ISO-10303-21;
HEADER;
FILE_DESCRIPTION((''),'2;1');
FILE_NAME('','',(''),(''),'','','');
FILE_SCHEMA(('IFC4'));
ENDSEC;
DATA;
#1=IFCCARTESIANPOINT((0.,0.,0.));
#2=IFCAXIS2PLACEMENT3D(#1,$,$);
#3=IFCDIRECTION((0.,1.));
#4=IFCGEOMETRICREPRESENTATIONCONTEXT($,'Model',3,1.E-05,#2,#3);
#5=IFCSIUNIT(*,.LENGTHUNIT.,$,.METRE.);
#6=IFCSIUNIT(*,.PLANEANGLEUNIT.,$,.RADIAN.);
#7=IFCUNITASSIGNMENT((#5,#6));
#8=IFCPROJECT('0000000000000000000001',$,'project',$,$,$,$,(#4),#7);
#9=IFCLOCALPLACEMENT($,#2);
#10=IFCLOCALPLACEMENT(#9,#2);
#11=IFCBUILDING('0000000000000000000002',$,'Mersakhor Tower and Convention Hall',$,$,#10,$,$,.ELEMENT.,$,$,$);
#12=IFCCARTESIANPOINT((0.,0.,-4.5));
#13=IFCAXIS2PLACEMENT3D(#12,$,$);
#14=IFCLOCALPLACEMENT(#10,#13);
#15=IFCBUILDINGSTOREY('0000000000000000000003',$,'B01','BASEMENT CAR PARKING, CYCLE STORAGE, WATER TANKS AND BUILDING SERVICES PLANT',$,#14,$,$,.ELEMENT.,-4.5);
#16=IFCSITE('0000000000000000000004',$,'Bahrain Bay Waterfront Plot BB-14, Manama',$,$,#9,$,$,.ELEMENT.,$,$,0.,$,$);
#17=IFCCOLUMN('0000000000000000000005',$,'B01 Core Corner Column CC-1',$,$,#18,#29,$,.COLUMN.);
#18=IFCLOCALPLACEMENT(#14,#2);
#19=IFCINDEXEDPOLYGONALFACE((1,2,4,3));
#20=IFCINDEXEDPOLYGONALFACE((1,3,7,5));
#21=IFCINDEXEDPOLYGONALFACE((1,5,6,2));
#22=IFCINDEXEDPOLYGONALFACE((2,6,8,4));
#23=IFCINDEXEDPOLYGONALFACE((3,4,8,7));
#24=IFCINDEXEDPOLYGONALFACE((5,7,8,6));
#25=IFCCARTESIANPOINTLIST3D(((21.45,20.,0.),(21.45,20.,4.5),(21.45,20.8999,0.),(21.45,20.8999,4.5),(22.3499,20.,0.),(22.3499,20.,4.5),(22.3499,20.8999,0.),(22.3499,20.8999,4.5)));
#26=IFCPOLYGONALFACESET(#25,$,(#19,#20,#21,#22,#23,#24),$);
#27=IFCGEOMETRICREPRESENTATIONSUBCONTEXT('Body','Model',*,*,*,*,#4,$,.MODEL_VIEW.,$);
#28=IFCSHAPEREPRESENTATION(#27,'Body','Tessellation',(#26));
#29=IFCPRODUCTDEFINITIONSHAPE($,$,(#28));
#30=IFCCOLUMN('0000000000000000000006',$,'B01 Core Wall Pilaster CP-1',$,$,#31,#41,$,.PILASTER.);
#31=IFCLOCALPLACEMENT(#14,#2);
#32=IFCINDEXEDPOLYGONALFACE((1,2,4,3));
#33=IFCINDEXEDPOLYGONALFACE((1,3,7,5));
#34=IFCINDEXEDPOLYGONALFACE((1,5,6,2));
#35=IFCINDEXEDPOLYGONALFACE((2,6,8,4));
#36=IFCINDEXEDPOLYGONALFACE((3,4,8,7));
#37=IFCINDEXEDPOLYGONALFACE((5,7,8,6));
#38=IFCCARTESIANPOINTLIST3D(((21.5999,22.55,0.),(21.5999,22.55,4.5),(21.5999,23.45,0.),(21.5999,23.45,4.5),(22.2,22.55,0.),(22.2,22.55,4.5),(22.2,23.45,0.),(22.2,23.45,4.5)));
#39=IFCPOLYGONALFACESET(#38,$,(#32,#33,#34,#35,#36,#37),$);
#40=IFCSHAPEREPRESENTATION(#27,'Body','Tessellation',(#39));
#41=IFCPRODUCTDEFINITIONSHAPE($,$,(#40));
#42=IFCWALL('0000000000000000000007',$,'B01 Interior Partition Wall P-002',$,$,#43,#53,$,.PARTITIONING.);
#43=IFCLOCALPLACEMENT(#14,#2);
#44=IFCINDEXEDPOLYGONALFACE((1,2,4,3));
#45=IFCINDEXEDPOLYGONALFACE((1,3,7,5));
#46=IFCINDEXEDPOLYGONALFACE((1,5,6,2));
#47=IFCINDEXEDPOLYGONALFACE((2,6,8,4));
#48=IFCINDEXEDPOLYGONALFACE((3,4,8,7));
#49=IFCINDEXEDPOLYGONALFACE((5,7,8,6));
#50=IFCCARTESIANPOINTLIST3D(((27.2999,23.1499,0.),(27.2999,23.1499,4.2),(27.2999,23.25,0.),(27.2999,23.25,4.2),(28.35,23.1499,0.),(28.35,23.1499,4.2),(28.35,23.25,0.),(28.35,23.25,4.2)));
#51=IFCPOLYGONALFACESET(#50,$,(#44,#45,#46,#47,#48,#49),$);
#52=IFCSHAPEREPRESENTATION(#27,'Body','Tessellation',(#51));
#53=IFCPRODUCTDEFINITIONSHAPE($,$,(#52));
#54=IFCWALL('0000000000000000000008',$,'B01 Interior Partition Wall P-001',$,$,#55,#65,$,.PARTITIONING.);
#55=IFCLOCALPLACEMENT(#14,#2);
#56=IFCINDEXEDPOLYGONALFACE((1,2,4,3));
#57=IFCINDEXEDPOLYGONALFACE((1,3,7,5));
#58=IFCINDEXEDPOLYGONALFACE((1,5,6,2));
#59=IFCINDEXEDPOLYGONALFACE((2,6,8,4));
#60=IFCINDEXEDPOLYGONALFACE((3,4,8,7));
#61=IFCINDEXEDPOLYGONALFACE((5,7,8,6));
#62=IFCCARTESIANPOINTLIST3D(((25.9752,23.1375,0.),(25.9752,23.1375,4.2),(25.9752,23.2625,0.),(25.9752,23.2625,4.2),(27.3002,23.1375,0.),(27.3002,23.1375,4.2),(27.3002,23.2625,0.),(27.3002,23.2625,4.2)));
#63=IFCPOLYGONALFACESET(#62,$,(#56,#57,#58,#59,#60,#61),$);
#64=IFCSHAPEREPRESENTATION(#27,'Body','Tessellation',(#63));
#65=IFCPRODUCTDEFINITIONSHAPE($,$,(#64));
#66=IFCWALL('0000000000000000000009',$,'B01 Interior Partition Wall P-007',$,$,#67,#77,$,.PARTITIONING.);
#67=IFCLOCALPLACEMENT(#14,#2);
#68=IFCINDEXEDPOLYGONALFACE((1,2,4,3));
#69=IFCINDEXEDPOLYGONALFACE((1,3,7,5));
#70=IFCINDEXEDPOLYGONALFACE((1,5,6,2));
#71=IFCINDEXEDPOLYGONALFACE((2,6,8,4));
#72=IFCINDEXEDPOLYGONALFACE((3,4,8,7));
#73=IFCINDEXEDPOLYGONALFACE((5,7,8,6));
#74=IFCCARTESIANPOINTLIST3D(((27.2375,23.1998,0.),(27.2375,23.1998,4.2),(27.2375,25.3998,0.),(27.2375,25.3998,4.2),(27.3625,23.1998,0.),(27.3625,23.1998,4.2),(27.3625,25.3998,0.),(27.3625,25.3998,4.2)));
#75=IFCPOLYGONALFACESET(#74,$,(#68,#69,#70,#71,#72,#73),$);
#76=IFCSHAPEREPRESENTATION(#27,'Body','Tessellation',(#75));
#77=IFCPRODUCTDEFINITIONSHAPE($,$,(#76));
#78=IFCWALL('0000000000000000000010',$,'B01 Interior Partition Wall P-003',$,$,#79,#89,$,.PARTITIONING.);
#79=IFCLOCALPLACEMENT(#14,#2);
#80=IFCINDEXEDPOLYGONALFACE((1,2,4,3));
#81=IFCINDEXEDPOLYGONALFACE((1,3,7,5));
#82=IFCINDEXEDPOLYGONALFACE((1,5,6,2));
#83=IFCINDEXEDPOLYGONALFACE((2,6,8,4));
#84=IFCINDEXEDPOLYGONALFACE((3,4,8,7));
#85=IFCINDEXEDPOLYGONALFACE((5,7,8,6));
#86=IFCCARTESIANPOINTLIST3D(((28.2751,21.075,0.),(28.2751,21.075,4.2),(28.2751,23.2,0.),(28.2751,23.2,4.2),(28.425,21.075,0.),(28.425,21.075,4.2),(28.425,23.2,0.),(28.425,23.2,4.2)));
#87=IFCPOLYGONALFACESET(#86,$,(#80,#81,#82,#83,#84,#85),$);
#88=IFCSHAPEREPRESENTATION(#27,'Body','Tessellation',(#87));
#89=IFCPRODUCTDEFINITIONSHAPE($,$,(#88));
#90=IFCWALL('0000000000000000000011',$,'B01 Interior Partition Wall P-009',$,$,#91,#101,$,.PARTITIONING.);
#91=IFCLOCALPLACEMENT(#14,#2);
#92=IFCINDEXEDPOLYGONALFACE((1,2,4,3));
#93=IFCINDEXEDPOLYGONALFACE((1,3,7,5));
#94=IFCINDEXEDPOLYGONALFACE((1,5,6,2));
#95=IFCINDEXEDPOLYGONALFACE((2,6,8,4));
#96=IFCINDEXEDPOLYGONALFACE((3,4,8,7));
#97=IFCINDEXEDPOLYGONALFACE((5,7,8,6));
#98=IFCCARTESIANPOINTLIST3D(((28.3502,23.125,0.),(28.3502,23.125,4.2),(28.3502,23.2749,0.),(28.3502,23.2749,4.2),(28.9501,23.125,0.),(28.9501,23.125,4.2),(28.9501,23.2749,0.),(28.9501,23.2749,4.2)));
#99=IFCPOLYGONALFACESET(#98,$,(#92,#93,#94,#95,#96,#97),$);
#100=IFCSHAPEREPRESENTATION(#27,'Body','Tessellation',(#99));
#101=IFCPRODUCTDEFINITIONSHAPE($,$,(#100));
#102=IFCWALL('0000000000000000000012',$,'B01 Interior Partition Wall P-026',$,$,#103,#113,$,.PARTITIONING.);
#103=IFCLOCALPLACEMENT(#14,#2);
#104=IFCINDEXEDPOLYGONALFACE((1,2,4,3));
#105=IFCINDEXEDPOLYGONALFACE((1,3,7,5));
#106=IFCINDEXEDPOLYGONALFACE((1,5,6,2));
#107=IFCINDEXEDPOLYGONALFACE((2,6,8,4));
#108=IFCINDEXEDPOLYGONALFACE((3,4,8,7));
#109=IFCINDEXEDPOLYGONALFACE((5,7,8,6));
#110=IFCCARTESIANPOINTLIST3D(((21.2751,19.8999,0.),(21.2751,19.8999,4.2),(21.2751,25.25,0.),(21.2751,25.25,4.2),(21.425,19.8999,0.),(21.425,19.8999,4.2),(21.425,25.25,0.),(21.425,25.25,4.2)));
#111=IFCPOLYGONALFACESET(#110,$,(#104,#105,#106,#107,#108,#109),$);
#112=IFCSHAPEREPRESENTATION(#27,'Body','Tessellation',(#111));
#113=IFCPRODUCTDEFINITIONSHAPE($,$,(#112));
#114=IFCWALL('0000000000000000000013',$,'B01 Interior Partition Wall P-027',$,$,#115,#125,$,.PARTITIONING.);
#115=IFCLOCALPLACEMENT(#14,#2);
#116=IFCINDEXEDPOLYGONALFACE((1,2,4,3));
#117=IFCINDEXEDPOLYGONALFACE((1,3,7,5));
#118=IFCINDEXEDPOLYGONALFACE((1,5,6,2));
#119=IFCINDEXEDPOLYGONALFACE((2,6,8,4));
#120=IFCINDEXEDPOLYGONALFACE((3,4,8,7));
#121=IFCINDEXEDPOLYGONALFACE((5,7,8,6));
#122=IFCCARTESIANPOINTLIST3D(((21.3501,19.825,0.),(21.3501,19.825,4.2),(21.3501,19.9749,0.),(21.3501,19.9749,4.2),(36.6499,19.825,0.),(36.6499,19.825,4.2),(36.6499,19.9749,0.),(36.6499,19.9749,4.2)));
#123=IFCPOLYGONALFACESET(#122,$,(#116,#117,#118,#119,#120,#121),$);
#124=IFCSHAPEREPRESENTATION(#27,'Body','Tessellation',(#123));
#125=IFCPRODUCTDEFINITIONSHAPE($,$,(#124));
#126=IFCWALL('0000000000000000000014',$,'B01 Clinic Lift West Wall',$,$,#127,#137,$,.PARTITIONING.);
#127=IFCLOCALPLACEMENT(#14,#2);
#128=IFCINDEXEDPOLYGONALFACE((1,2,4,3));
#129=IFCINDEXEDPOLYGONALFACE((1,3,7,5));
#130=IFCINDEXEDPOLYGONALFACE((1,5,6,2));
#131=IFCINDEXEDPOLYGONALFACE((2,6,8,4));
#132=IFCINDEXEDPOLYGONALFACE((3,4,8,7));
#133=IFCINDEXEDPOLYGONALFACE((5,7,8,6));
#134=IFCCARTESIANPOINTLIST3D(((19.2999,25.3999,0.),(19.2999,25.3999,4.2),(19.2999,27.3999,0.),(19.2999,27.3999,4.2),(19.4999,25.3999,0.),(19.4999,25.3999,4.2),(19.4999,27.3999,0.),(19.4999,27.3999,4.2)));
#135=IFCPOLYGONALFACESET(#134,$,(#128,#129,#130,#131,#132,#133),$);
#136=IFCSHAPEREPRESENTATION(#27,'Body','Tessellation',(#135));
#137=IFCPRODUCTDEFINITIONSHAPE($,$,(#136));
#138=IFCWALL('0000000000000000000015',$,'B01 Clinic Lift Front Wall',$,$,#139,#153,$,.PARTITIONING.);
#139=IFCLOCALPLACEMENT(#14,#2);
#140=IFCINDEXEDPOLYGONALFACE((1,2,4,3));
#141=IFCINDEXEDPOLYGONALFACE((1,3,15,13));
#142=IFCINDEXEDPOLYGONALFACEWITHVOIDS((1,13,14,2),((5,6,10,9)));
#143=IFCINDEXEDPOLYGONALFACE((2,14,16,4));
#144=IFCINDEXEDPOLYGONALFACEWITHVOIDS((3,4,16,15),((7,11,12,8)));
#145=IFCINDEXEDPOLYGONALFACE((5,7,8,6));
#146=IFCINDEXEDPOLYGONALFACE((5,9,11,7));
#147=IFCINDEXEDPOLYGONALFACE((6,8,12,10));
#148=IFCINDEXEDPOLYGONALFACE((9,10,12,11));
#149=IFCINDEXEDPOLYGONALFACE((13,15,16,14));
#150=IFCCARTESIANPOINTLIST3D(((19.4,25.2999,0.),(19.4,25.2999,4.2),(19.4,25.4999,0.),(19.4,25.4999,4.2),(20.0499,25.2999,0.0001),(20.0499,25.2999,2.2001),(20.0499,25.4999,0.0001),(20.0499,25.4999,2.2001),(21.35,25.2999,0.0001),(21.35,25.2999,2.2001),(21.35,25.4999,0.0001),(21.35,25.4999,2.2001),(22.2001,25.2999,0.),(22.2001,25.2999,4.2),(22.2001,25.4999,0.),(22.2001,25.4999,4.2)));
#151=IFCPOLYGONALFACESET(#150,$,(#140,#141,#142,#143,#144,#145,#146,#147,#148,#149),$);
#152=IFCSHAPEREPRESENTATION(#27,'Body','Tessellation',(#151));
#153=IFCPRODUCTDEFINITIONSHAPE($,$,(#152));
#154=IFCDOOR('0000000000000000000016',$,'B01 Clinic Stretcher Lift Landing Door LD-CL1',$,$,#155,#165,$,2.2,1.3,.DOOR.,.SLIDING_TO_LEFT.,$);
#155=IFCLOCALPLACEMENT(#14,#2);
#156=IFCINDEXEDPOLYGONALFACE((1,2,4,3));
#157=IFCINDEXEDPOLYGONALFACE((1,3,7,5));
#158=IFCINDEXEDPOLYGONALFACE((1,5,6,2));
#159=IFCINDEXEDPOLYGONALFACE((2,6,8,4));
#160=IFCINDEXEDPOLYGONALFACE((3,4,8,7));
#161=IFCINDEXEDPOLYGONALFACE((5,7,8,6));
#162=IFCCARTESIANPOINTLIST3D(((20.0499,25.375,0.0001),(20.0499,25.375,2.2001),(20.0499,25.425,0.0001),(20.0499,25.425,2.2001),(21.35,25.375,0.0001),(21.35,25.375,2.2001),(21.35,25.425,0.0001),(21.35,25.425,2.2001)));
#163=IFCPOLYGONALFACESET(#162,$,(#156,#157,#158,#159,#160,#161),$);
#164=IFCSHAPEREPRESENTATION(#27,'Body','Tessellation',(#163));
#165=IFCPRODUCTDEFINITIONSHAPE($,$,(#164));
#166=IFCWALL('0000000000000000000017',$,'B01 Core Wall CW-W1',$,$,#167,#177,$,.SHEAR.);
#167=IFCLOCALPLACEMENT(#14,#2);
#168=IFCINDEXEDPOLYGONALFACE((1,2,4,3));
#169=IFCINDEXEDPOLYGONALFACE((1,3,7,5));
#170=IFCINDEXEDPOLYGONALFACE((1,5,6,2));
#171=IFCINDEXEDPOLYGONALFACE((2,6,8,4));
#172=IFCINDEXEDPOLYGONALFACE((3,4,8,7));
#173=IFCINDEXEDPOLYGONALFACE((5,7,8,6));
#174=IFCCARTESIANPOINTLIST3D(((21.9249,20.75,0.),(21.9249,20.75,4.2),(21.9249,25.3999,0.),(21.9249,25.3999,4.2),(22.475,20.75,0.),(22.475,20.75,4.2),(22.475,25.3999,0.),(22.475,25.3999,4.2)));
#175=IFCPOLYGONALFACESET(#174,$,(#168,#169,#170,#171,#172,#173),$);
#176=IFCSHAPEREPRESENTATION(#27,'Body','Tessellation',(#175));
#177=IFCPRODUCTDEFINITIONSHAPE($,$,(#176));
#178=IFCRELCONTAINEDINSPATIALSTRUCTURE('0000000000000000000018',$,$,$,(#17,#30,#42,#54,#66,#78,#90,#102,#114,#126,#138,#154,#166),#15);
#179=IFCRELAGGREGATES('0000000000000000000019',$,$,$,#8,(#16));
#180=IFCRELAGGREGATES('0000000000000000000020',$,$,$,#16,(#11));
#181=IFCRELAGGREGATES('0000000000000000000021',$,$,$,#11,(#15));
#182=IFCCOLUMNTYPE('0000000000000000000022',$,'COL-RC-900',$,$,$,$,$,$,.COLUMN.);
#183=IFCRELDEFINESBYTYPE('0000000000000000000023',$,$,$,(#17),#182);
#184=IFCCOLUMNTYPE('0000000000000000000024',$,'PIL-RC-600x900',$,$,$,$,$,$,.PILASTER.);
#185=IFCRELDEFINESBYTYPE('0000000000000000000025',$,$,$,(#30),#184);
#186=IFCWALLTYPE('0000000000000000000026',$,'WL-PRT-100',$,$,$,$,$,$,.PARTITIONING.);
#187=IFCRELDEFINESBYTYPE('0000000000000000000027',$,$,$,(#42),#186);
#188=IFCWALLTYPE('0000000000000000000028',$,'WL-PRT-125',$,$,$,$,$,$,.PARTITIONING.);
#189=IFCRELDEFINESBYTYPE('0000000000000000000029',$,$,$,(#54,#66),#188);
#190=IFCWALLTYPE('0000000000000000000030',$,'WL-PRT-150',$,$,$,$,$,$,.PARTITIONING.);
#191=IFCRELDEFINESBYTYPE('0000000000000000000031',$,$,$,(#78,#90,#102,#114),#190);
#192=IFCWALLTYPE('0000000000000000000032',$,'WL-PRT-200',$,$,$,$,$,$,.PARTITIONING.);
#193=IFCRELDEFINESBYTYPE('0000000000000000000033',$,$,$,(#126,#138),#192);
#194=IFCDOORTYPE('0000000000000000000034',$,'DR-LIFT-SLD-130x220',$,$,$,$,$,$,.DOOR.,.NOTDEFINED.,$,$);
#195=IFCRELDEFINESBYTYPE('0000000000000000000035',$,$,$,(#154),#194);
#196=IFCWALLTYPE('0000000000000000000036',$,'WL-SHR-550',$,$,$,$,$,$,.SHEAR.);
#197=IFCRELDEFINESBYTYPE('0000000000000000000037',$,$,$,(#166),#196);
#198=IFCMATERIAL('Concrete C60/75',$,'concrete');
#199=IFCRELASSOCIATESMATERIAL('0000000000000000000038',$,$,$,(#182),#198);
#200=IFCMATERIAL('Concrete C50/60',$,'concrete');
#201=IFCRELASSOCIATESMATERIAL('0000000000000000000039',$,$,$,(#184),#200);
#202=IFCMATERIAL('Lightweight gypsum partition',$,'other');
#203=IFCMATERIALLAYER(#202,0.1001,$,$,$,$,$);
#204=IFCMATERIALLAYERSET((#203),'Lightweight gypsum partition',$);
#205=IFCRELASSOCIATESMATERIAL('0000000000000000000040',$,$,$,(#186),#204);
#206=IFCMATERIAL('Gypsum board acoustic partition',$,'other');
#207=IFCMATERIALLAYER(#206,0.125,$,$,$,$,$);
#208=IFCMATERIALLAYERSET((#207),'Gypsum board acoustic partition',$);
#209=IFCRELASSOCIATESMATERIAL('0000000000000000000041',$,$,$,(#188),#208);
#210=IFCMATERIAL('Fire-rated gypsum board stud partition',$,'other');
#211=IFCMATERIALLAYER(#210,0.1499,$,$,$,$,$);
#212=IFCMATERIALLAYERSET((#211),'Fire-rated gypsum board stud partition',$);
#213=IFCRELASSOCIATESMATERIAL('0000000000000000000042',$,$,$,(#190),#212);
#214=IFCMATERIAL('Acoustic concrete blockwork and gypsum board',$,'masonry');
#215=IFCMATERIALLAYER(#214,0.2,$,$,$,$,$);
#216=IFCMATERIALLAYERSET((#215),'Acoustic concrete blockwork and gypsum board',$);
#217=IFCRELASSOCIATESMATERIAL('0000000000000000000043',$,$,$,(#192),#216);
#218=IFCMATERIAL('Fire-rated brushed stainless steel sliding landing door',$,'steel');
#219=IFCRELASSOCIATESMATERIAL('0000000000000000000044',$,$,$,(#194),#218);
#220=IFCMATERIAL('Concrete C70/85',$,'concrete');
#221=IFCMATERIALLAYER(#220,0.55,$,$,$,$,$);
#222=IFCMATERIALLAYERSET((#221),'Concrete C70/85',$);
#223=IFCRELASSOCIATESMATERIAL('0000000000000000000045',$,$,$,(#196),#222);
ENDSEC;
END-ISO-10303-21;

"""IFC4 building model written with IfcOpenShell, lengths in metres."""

from ifc_helpers import new_model, si_unit, direction, frame, frame_2d, origin, origin_2d, place, context, subcontext, project, spatial, rectangle, extrude, material, layer, layer_set, material_profile, profile_set, type_object, element, fill, save


model = new_model("IFC4")

# Units and contexts
model_context = context("Model", 3, precision=1e-05, world=origin(), true_north=direction((0.0, 1.0)))
body_context = subcontext(model_context, "Body", "Model", "MODEL_VIEW")
ifc_project = project(units=[si_unit("LENGTHUNIT", "METRE"), si_unit("PLANEANGLEUNIT", "RADIAN")], contexts=[model_context])

# Site, building, storey
site_placement = place(None, origin())
site = spatial("IfcSite", under=ifc_project, at=site_placement, Name="Bahrain Bay Waterfront Plot BB-14, Manama", CompositionType="ELEMENT", RefElevation=0.0)
building_placement = place(site_placement, origin())
building = spatial("IfcBuilding", under=site, at=building_placement, Name="Mersakhor Tower and Convention Hall", CompositionType="ELEMENT")
storey_placement = place(building_placement, frame((0.0, 0.0, -4.5)))
storey = spatial("IfcBuildingStorey", under=building, at=storey_placement, Name="B01", Description="BASEMENT CAR PARKING, CYCLE STORAGE, WATER TANKS AND BUILDING SERVICES PLANT", CompositionType="ELEMENT", Elevation=-4.5)

# Columns
ifc_material_1 = material(Name="Concrete C60/75", Category="concrete")
ifc_material_profile_1 = material_profile(ifc_material_1, rectangle(XDim=0.8999, YDim=0.8999, at=origin_2d()), Name="RC 900x900")
ifc_profile_set_1 = profile_set([ifc_material_profile_1], Name="Concrete C60/75")
column_type_1 = type_object("IfcColumnType", Name="COL-RC-900", PredefinedType="COLUMN", material=ifc_profile_set_1)
column_1_placement = place(storey_placement, frame((21.8999, 20.45, 0.0), z_axis=(0.0, 0.0, 1.0), x_axis=(1.0, 0.0, 0.0)))
element("IfcColumn", 1, at=column_1_placement, inside=storey, type_object=column_type_1, Name="B01 Core Corner Column CC-1", PredefinedType="COLUMN", context=body_context, shape_type="SweptSolid", body=[
    extrude(rectangle(XDim=0.8999, YDim=0.8999, at=origin_2d()), origin(), (0.0, 0.0, 1.0), 4.5),
])
ifc_material_2 = material(Name="Concrete C50/60", Category="concrete")
ifc_material_profile_2 = material_profile(ifc_material_2, rectangle(XDim=0.6001, YDim=0.8999, at=origin_2d()), Name="RC 600x900")
ifc_profile_set_2 = profile_set([ifc_material_profile_2], Name="Concrete C50/60")
column_type_2 = type_object("IfcColumnType", Name="PIL-RC-600x900", PredefinedType="PILASTER", material=ifc_profile_set_2)
column_2_placement = place(storey_placement, frame((21.8999, 23.0, 0.0), z_axis=(0.0, 0.0, 1.0), x_axis=(1.0, 0.0, 0.0)))
element("IfcColumn", 2, at=column_2_placement, inside=storey, type_object=column_type_2, Name="B01 Core Wall Pilaster CP-1", PredefinedType="PILASTER", context=body_context, shape_type="SweptSolid", body=[
    extrude(rectangle(XDim=0.6001, YDim=0.8999, at=origin_2d()), origin(), (0.0, 0.0, 1.0), 4.5),
])

# Walls
ifc_material_3 = material(Name="Lightweight gypsum partition", Category="other")
ifc_layer_1 = layer(ifc_material_3, 0.1001)
ifc_layer_set_1 = layer_set([ifc_layer_1], Name="Lightweight gypsum partition")
wall_type_1 = type_object("IfcWallType", Name="WL-PRT-100", PredefinedType="PARTITIONING", material=ifc_layer_set_1)
wall_1_placement = place(storey_placement, frame((27.3, 23.2, 0.0), z_axis=(0.0, 0.0, 1.0), x_axis=(1.0, 0.0, 0.0)))
element("IfcWall", 3, at=wall_1_placement, inside=storey, type_object=wall_type_1, Name="B01 Interior Partition Wall P-002", PredefinedType="PARTITIONING", context=body_context, shape_type="SweptSolid", body=[
    extrude(rectangle(XDim=1.05, YDim=0.1001, at=frame_2d((0.5249, 0.0))), origin(), (0.0, 0.0, 1.0), 4.2),
])
ifc_material_4 = material(Name="Gypsum board acoustic partition", Category="other")
ifc_layer_2 = layer(ifc_material_4, 0.125)
ifc_layer_set_2 = layer_set([ifc_layer_2], Name="Gypsum board acoustic partition")
wall_type_2 = type_object("IfcWallType", Name="WL-PRT-125", PredefinedType="PARTITIONING", material=ifc_layer_set_2)
wall_2_placement = place(storey_placement, frame((25.9751, 23.2, 0.0), z_axis=(0.0, 0.0, 1.0), x_axis=(1.0, 0.0, 0.0)))
element("IfcWall", 4, at=wall_2_placement, inside=storey, type_object=wall_type_2, Name="B01 Interior Partition Wall P-001", PredefinedType="PARTITIONING", context=body_context, shape_type="SweptSolid", body=[
    extrude(rectangle(XDim=1.325, YDim=0.125, at=frame_2d((0.6626, 0.0))), origin(), (0.0, 0.0, 1.0), 4.2),
])
wall_3_placement = place(storey_placement, frame((27.3, 25.3999, 0.0), z_axis=(0.0, 0.0, 1.0), x_axis=(0.0, -1.0, 0.0)))
element("IfcWall", 5, at=wall_3_placement, inside=storey, type_object=wall_type_2, Name="B01 Interior Partition Wall P-007", PredefinedType="PARTITIONING", context=body_context, shape_type="SweptSolid", body=[
    extrude(rectangle(XDim=2.2, YDim=0.125, at=frame_2d((1.1001, 0.0))), origin(), (0.0, 0.0, 1.0), 4.2),
])
ifc_material_5 = material(Name="Fire-rated gypsum board stud partition", Category="other")
ifc_layer_3 = layer(ifc_material_5, 0.1499)
ifc_layer_set_3 = layer_set([ifc_layer_3], Name="Fire-rated gypsum board stud partition")
wall_type_3 = type_object("IfcWallType", Name="WL-PRT-150", PredefinedType="PARTITIONING", material=ifc_layer_set_3)
wall_4_placement = place(storey_placement, frame((28.3501, 23.2, 0.0), z_axis=(0.0, 0.0, 1.0), x_axis=(0.0, -1.0, 0.0)))
element("IfcWall", 6, at=wall_4_placement, inside=storey, type_object=wall_type_3, Name="B01 Interior Partition Wall P-003", PredefinedType="PARTITIONING", context=body_context, shape_type="SweptSolid", body=[
    extrude(rectangle(XDim=2.125, YDim=0.1499, at=frame_2d((1.0625, 0.0))), origin(), (0.0, 0.0, 1.0), 4.2),
])
wall_5_placement = place(storey_placement, frame((28.95, 23.2, 0.0), z_axis=(0.0, 0.0, 1.0), x_axis=(-1.0, 0.0, 0.0)))
element("IfcWall", 7, at=wall_5_placement, inside=storey, type_object=wall_type_3, Name="B01 Interior Partition Wall P-009", PredefinedType="PARTITIONING", context=body_context, shape_type="SweptSolid", body=[
    extrude(rectangle(XDim=0.5999, YDim=0.1499, at=frame_2d((0.2998, 0.0))), origin(), (0.0, 0.0, 1.0), 4.2),
])
wall_6_placement = place(storey_placement, frame((21.3501, 25.25, 0.0), z_axis=(0.0, 0.0, 1.0), x_axis=(0.0, -1.0, 0.0)))
element("IfcWall", 8, at=wall_6_placement, inside=storey, type_object=wall_type_3, Name="B01 Interior Partition Wall P-026", PredefinedType="PARTITIONING", context=body_context, shape_type="SweptSolid", body=[
    extrude(rectangle(XDim=5.3501, YDim=0.1499, at=frame_2d((2.675, 0.0))), origin(), (0.0, 0.0, 1.0), 4.2),
])
wall_7_placement = place(storey_placement, frame((21.3501, 19.8999, 0.0), z_axis=(0.0, 0.0, 1.0), x_axis=(1.0, 0.0, 0.0)))
element("IfcWall", 9, at=wall_7_placement, inside=storey, type_object=wall_type_3, Name="B01 Interior Partition Wall P-027", PredefinedType="PARTITIONING", context=body_context, shape_type="SweptSolid", body=[
    extrude(rectangle(XDim=15.2998, YDim=0.1499, at=frame_2d((7.6499, 0.0))), origin(), (0.0, 0.0, 1.0), 4.2),
])
ifc_material_6 = material(Name="Acoustic concrete blockwork and gypsum board", Category="masonry")
ifc_layer_4 = layer(ifc_material_6, 0.2)
ifc_layer_set_4 = layer_set([ifc_layer_4], Name="Acoustic concrete blockwork and gypsum board")
wall_type_4 = type_object("IfcWallType", Name="WL-PRT-200", PredefinedType="PARTITIONING", material=ifc_layer_set_4)
wall_8_placement = place(storey_placement, frame((19.3999, 25.3999, 0.0), z_axis=(0.0, 0.0, 1.0), x_axis=(0.0, 1.0, 0.0)))
element("IfcWall", 10, at=wall_8_placement, inside=storey, type_object=wall_type_4, Name="B01 Clinic Lift West Wall", PredefinedType="PARTITIONING", context=body_context, shape_type="SweptSolid", body=[
    extrude(rectangle(XDim=2.0, YDim=0.2, at=frame_2d((1.0, 0.0))), origin(), (0.0, 0.0, 1.0), 4.2),
])

# Wall, opening, door
wall_9_placement = place(storey_placement, frame((22.2, 25.3999, 0.0), z_axis=(0.0, 0.0, 1.0), x_axis=(-1.0, 0.0, 0.0)))
wall_9 = element("IfcWall", 11, at=wall_9_placement, inside=storey, type_object=wall_type_4, Name="B01 Clinic Lift Front Wall", PredefinedType="PARTITIONING", context=body_context, shape_type="SweptSolid", body=[
    extrude(rectangle(XDim=2.8, YDim=0.2, at=frame_2d((1.3999, 0.0))), origin(), (0.0, 0.0, 1.0), 4.2),
])
opening_1_placement = place(wall_9_placement, frame((0.8501, 0.0, 0.0)))
opening_1 = element("IfcOpeningElement", 12, at=opening_1_placement, cuts=wall_9, PredefinedType="OPENING", context=body_context, shape_type="SweptSolid", body=[
    extrude(rectangle(XDim=1.3, YDim=2.2, at=frame_2d((0.6499, 1.1001))), frame((0.0, 0.1099, 0.0), z_axis=(0.0, -1.0, 0.0), x_axis=(1.0, 0.0, 0.0)), (0.0, 0.0, 1.0), 0.22),
])
ifc_material_7 = material(Name="Fire-rated brushed stainless steel sliding landing door", Category="steel")
door_type_1 = type_object("IfcDoorType", Name="DR-LIFT-SLD-130x220", OperationType="NOTDEFINED", PredefinedType="DOOR", material=ifc_material_7)
door_1_placement = place(opening_1_placement, origin())
door_1 = element("IfcDoor", 13, at=door_1_placement, inside=storey, type_object=door_type_1, Name="B01 Clinic Stretcher Lift Landing Door LD-CL1", OperationType="SLIDING_TO_LEFT", OverallHeight=2.2, OverallWidth=1.3, PredefinedType="DOOR", context=body_context, shape_type="SweptSolid", body=[
    extrude(rectangle(XDim=1.3, YDim=2.2, at=frame_2d((0.6499, 1.1001))), frame((0.0, 0.0249, 0.0), z_axis=(0.0, -1.0, 0.0), x_axis=(1.0, 0.0, 0.0)), (0.0, 0.0, 1.0), 0.05),
])
fill(opening_1, door_1)

# Wall
ifc_material_8 = material(Name="Concrete C70/85", Category="concrete")
ifc_layer_5 = layer(ifc_material_8, 0.55)
ifc_layer_set_5 = layer_set([ifc_layer_5], Name="Concrete C70/85")
wall_type_5 = type_object("IfcWallType", Name="WL-SHR-550", PredefinedType="SHEAR", material=ifc_layer_set_5)
wall_10_placement = place(storey_placement, frame((22.2, 20.75, 0.0), z_axis=(0.0, 0.0, 1.0), x_axis=(0.0, 1.0, 0.0)))
element("IfcWall", 14, at=wall_10_placement, inside=storey, type_object=wall_type_5, Name="B01 Core Wall CW-W1", PredefinedType="SHEAR", context=body_context, shape_type="SweptSolid", body=[
    extrude(rectangle(XDim=4.6499, YDim=0.55, at=frame_2d((2.325, 0.0))), origin(), (0.0, 0.0, 1.0), 4.2),
])

save(model, "model.ifc")
